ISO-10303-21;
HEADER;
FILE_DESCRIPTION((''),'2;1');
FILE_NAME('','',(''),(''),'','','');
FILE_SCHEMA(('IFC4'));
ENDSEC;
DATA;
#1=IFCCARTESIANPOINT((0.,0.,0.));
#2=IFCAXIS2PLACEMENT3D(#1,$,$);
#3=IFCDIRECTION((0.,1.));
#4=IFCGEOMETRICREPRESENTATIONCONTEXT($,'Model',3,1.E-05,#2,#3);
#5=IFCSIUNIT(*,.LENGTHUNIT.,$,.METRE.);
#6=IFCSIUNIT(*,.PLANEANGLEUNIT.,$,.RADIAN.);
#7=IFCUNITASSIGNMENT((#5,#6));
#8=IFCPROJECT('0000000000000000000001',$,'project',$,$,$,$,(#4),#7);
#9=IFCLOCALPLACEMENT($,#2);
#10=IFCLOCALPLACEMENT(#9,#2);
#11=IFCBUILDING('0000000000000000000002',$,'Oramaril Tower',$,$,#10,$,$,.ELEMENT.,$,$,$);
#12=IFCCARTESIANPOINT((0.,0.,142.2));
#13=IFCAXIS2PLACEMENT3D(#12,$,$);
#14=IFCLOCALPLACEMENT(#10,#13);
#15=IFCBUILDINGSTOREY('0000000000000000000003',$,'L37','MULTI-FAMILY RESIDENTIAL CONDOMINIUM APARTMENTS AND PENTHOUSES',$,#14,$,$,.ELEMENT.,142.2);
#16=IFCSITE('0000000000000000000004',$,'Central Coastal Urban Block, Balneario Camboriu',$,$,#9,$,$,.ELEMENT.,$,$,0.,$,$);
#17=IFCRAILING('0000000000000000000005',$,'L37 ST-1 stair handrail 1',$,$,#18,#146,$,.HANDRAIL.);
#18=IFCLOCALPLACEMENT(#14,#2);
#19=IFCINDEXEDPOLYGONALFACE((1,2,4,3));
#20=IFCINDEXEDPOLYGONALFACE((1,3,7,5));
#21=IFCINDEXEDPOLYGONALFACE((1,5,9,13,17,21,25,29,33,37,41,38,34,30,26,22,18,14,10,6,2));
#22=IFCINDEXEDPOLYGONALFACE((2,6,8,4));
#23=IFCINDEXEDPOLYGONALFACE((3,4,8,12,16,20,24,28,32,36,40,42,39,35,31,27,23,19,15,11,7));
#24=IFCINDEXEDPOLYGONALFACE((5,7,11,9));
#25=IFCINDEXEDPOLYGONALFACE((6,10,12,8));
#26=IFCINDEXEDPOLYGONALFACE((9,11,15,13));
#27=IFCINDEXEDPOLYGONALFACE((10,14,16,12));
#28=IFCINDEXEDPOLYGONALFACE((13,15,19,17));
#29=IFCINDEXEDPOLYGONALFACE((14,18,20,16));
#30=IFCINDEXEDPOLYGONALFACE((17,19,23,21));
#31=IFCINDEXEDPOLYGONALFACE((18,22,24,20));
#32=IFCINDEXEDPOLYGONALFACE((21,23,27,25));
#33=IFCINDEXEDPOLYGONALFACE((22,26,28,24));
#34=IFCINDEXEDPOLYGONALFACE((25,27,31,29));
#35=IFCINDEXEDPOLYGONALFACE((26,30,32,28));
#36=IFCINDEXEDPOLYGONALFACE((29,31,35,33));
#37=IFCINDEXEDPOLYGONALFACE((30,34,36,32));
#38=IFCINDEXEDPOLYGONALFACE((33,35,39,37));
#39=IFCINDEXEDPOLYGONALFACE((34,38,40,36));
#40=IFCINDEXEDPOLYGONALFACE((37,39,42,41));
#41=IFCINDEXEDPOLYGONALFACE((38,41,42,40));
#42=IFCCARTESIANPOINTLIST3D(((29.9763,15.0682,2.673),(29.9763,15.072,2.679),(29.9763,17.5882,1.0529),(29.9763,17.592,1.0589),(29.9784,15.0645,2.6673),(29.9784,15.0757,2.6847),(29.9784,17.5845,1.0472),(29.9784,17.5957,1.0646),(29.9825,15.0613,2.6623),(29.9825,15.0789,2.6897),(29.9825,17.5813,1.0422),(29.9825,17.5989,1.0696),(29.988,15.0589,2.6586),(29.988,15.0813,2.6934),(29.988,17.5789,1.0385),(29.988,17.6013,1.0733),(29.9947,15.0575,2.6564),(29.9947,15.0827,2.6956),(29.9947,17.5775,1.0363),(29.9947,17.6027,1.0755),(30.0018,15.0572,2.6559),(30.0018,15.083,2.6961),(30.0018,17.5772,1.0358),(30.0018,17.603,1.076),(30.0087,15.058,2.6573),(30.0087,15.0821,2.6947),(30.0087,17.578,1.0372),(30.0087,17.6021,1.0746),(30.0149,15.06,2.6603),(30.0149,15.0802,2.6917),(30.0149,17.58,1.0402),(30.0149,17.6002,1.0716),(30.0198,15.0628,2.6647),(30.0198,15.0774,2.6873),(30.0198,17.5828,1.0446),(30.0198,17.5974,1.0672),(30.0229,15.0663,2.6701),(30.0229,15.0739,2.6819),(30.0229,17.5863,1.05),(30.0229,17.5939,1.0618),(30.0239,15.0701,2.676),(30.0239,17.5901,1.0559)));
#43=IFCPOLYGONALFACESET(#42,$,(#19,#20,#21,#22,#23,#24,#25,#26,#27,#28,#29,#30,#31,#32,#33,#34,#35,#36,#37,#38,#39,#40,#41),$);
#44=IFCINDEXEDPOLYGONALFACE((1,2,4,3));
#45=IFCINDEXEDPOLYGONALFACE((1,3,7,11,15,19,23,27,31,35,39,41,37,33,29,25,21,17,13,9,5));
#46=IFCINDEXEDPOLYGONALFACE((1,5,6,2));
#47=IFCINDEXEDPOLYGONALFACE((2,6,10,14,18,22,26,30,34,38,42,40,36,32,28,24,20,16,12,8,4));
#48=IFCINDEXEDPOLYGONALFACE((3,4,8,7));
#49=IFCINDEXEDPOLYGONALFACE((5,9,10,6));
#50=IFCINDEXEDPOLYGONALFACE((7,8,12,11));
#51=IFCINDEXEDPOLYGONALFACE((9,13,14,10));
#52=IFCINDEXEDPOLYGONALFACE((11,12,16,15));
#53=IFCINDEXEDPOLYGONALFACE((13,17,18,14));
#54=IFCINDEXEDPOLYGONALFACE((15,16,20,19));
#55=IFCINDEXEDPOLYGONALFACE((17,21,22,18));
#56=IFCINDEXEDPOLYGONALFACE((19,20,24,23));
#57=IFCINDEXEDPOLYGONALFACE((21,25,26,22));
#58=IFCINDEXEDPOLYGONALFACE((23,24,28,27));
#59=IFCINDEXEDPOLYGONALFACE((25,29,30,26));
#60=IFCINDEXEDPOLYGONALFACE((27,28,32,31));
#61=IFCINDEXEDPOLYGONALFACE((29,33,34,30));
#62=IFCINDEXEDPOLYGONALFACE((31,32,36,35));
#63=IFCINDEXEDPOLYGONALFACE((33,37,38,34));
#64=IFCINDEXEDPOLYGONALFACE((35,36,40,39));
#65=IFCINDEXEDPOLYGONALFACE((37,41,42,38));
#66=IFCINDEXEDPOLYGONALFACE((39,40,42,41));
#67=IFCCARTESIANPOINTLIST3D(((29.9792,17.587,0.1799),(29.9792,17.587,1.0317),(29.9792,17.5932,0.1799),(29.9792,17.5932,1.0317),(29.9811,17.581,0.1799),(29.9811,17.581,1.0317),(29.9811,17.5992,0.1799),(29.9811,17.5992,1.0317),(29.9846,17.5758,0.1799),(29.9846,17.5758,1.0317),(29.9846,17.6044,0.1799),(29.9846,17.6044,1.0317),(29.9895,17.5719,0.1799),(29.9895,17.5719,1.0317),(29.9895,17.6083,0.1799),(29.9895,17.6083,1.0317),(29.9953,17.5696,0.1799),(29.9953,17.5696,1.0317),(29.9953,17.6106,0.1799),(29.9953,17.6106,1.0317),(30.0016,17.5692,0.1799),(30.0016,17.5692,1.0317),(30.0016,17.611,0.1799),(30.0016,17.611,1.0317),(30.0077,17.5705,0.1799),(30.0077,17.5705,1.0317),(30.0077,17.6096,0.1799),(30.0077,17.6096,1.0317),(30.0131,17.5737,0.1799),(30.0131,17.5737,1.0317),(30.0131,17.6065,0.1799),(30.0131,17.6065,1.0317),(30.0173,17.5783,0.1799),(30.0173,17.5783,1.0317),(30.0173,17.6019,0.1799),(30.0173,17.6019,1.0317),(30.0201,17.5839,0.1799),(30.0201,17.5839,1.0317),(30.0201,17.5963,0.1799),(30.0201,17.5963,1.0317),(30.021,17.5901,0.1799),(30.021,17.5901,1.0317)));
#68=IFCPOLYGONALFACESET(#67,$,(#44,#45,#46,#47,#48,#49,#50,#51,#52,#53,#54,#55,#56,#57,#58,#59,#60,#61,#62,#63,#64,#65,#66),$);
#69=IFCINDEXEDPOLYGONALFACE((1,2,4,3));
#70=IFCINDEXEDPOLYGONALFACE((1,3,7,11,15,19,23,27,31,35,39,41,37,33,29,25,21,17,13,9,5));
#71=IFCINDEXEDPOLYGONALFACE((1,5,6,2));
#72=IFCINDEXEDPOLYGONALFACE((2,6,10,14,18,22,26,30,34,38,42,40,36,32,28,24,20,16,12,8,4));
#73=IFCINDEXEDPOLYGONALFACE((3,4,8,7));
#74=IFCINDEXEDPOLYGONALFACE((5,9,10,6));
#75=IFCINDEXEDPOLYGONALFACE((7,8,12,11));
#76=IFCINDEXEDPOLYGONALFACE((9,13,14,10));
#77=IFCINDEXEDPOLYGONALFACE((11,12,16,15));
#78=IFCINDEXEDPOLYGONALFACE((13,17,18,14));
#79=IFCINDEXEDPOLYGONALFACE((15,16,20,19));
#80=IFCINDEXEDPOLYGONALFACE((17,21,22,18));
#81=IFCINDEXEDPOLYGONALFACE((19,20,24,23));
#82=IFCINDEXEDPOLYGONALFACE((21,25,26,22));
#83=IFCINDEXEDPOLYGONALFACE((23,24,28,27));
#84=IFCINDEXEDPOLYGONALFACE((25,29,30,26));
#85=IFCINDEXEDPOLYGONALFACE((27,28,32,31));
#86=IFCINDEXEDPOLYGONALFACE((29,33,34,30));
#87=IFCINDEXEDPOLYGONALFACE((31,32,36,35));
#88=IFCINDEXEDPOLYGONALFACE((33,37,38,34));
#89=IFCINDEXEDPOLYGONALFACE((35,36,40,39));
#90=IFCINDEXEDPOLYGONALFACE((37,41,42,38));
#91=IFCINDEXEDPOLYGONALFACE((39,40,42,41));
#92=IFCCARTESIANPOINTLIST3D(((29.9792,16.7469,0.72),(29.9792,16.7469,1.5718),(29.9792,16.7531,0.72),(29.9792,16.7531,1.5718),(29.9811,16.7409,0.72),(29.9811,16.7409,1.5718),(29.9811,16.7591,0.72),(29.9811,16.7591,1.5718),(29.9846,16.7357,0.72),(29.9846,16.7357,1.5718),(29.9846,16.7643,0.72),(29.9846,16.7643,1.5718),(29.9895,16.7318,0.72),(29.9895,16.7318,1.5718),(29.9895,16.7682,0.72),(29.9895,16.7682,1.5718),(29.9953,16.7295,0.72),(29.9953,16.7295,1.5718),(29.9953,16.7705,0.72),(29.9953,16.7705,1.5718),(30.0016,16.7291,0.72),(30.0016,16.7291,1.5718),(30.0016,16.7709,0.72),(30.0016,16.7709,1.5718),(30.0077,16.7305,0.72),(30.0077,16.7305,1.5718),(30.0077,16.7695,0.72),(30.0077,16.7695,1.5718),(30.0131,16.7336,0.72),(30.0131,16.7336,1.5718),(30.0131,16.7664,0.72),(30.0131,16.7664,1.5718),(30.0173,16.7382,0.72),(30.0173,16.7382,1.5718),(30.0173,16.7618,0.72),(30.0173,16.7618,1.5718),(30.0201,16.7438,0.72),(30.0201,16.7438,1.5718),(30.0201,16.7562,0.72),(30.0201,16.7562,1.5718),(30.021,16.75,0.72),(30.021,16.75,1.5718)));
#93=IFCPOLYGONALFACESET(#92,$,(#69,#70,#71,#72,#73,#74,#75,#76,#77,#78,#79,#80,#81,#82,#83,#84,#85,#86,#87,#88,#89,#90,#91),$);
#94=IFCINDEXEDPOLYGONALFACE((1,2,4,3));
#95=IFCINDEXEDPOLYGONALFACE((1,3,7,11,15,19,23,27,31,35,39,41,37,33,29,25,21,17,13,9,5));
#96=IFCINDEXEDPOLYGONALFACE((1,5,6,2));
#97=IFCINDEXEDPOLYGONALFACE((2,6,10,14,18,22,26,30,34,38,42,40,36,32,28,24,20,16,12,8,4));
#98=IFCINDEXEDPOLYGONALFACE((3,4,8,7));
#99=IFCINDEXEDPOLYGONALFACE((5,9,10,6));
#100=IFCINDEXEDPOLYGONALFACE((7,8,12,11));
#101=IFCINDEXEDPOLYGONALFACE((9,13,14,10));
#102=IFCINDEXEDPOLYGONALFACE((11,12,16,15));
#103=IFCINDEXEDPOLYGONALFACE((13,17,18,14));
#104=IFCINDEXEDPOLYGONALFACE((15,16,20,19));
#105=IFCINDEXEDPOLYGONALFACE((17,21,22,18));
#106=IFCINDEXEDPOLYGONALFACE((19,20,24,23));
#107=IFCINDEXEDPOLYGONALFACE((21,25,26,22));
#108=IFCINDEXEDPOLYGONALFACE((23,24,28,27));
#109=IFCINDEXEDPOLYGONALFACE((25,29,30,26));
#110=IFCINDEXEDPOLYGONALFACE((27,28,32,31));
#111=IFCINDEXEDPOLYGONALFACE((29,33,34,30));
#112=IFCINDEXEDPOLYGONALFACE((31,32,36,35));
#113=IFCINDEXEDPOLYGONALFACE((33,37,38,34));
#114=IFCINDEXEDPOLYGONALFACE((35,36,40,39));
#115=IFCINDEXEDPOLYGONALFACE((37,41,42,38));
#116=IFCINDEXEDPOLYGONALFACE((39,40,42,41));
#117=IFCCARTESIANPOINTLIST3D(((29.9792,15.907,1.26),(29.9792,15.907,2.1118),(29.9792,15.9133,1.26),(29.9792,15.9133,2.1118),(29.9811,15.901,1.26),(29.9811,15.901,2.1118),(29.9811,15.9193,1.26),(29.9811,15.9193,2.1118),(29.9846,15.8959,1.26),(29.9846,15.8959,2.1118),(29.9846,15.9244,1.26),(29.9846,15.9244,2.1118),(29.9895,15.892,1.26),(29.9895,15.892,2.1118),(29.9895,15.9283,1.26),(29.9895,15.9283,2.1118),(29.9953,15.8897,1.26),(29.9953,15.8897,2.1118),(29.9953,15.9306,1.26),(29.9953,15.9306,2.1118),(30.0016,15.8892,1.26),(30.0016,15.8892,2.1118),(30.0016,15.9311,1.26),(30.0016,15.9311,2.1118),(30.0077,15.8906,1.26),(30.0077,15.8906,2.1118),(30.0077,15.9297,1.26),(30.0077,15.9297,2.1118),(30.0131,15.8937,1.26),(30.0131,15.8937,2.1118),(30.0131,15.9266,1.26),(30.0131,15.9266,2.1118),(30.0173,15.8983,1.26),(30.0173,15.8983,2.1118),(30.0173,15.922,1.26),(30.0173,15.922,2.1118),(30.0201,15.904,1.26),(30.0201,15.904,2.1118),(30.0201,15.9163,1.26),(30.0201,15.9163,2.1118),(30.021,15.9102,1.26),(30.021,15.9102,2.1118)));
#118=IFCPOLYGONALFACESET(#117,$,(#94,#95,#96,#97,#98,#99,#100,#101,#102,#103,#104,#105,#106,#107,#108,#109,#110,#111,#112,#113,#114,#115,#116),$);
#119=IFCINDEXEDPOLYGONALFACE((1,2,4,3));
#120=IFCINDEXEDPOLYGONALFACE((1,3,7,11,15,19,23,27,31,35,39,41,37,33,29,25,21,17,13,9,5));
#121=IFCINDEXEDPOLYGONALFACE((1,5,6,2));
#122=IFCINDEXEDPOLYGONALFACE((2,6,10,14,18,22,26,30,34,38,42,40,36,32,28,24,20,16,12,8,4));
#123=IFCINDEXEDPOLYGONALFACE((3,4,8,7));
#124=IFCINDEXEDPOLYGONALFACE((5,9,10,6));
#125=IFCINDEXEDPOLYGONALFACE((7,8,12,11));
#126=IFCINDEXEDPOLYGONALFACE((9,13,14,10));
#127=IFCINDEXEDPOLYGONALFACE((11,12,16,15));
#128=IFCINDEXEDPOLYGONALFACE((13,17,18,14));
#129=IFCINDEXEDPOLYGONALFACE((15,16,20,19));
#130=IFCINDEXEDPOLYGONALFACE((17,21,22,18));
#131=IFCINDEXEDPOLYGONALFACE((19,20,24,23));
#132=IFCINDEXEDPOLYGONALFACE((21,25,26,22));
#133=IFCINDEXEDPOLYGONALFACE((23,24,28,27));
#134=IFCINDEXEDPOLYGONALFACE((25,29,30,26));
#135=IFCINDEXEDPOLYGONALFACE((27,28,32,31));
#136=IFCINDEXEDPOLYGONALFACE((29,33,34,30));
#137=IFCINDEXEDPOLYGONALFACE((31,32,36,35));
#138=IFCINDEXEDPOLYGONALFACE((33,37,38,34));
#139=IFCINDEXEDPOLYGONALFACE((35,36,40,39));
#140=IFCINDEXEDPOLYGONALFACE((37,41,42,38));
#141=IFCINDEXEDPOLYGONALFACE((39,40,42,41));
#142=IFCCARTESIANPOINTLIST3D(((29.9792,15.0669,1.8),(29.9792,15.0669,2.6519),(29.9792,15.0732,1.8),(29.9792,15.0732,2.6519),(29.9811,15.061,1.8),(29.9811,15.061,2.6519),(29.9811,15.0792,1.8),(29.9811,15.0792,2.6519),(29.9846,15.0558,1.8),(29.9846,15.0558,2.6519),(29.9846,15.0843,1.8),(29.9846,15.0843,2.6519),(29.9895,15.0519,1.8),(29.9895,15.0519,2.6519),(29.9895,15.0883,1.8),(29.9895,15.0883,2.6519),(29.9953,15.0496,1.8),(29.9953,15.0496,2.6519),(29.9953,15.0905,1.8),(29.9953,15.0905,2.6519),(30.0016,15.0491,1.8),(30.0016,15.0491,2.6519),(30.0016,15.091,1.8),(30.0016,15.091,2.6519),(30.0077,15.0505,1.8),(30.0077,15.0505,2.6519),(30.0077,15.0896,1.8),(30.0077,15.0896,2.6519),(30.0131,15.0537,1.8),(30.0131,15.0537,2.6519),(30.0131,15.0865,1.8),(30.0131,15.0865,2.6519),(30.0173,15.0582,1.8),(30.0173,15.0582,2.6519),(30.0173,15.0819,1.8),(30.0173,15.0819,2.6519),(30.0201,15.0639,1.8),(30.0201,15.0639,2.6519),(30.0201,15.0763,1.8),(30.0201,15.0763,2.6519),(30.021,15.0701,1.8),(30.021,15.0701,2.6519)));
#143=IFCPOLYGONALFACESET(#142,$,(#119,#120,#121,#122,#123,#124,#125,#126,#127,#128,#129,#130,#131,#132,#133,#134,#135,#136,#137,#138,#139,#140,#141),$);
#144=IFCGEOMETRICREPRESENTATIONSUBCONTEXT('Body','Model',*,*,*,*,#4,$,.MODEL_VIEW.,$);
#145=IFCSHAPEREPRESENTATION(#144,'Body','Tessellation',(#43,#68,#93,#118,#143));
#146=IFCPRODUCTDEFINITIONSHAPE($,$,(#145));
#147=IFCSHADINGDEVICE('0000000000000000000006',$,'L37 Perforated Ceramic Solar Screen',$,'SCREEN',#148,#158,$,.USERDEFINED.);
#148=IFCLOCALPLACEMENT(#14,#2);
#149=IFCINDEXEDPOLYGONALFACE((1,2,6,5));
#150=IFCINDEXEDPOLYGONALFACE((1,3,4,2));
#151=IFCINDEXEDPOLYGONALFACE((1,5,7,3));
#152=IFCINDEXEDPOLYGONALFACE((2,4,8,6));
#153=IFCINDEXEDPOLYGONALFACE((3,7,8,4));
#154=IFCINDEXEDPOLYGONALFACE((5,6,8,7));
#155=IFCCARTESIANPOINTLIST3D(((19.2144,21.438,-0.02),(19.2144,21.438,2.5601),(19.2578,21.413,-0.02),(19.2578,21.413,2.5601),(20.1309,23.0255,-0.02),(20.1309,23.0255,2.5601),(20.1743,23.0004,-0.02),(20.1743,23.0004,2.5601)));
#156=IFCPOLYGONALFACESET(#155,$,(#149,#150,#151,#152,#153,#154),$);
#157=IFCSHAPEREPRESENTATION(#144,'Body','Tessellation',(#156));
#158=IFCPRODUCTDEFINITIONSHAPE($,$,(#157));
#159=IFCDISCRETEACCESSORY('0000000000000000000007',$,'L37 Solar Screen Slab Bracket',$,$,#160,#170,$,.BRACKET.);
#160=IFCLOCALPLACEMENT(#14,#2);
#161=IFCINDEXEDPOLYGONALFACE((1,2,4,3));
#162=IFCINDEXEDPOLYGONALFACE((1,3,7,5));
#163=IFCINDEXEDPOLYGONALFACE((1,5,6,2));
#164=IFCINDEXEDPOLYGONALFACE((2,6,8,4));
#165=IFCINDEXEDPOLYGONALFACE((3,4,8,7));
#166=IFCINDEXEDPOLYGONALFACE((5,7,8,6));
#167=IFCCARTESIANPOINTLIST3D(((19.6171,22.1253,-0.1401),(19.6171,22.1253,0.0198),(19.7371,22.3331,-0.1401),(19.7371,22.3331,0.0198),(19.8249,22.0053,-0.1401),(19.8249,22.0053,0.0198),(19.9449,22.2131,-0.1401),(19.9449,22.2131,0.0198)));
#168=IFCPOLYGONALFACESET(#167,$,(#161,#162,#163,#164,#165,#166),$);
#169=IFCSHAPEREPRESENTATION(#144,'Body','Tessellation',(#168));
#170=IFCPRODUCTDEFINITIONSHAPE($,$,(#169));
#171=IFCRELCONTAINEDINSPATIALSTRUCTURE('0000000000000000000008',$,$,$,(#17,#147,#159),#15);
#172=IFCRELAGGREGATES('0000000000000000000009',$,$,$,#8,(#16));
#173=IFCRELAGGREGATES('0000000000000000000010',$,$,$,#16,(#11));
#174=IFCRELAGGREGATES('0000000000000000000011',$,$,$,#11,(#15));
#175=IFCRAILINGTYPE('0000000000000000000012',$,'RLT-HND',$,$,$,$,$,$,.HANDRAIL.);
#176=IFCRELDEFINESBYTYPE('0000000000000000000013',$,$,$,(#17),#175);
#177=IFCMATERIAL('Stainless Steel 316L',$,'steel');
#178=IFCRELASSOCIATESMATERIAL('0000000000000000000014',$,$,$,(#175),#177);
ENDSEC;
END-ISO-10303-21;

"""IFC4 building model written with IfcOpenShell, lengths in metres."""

from ifc_helpers import new_model, si_unit, direction, frame, origin, origin_2d, place, context, subcontext, project, spatial, rectangle, circle, extrude, material, type_object, element, save


model = new_model("IFC4")

# Units and contexts
model_context = context("Model", 3, precision=1e-05, world=origin(), true_north=direction((0.0, 1.0)))
body_context = subcontext(model_context, "Body", "Model", "MODEL_VIEW")
ifc_project = project(units=[si_unit("LENGTHUNIT", "METRE"), si_unit("PLANEANGLEUNIT", "RADIAN")], contexts=[model_context])

# Site, building, storey
site_placement = place(None, origin())
site = spatial("IfcSite", under=ifc_project, at=site_placement, Name="Central Coastal Urban Block, Balneario Camboriu", CompositionType="ELEMENT", RefElevation=0.0)
building_placement = place(site_placement, origin())
building = spatial("IfcBuilding", under=site, at=building_placement, Name="Oramaril Tower", CompositionType="ELEMENT")
storey_placement = place(building_placement, frame((0.0, 0.0, 142.2)))
storey = spatial("IfcBuildingStorey", under=building, at=storey_placement, Name="L37", Description="MULTI-FAMILY RESIDENTIAL CONDOMINIUM APARTMENTS AND PENTHOUSES", CompositionType="ELEMENT", Elevation=142.2)

# Railing
ifc_material_1 = material(Name="Stainless Steel 316L", Category="steel")
railing_type_1 = type_object("IfcRailingType", Name="RLT-HND", PredefinedType="HANDRAIL", material=ifc_material_1)
railing_1_placement = place(storey_placement, frame((30.0, 17.5901, 0.1799)))
element("IfcRailing", 1, at=railing_1_placement, inside=storey, type_object=railing_type_1, Name="L37 ST-1 stair handrail 1", PredefinedType="HANDRAIL", context=body_context, shape_type="SweptSolid", body=[
    extrude(circle(Radius=0.0239, at=origin_2d()), frame((0.0, 0.0, 0.876), z_axis=(0.0, -0.841163, 0.540782), x_axis=(1.0, 0.0, 0.0)), (0.0, 0.0, 1.0), 2.9958),
    extrude(circle(Radius=0.021, at=origin_2d()), origin(), (0.0, 0.0, 1.0), 0.8518),
    extrude(circle(Radius=0.021, at=origin_2d()), frame((0.0, -0.8401, 0.54)), (0.0, 0.0, 1.0), 0.8518),
    extrude(circle(Radius=0.021, at=origin_2d()), frame((0.0, -1.6799, 1.0801)), (0.0, 0.0, 1.0), 0.8518),
    extrude(circle(Radius=0.021, at=origin_2d()), frame((0.0, -2.52, 1.6201)), (0.0, 0.0, 1.0), 0.8518),
])

# Shading device
shading_device_placement = place(storey_placement, frame((19.6943, 22.2192, -0.02), z_axis=(0.0, 0.0, 1.0), x_axis=(-0.499998, -0.866026, 0.0)))
element("IfcShadingDevice", 2, at=shading_device_placement, inside=storey, Name="L37 Perforated Ceramic Solar Screen", ObjectType="SCREEN", PredefinedType="USERDEFINED", context=body_context, shape_type="SweptSolid", body=[
    extrude(rectangle(XDim=1.833, YDim=0.05, at=origin_2d()), origin(), (0.0, 0.0, 1.0), 2.5801),
])

# Discrete accessory
discrete_accessory_placement = place(storey_placement, frame((19.781, 22.1692, -0.1401), z_axis=(0.0, 0.0, 1.0), x_axis=(-0.499998, -0.866026, 0.0)))
element("IfcDiscreteAccessory", 3, at=discrete_accessory_placement, inside=storey, Name="L37 Solar Screen Slab Bracket", PredefinedType="BRACKET", context=body_context, shape_type="SweptSolid", body=[
    extrude(rectangle(XDim=0.24, YDim=0.24, at=origin_2d()), origin(), (0.0, 0.0, 1.0), 0.1599),
])

save(model, "model.ifc")
